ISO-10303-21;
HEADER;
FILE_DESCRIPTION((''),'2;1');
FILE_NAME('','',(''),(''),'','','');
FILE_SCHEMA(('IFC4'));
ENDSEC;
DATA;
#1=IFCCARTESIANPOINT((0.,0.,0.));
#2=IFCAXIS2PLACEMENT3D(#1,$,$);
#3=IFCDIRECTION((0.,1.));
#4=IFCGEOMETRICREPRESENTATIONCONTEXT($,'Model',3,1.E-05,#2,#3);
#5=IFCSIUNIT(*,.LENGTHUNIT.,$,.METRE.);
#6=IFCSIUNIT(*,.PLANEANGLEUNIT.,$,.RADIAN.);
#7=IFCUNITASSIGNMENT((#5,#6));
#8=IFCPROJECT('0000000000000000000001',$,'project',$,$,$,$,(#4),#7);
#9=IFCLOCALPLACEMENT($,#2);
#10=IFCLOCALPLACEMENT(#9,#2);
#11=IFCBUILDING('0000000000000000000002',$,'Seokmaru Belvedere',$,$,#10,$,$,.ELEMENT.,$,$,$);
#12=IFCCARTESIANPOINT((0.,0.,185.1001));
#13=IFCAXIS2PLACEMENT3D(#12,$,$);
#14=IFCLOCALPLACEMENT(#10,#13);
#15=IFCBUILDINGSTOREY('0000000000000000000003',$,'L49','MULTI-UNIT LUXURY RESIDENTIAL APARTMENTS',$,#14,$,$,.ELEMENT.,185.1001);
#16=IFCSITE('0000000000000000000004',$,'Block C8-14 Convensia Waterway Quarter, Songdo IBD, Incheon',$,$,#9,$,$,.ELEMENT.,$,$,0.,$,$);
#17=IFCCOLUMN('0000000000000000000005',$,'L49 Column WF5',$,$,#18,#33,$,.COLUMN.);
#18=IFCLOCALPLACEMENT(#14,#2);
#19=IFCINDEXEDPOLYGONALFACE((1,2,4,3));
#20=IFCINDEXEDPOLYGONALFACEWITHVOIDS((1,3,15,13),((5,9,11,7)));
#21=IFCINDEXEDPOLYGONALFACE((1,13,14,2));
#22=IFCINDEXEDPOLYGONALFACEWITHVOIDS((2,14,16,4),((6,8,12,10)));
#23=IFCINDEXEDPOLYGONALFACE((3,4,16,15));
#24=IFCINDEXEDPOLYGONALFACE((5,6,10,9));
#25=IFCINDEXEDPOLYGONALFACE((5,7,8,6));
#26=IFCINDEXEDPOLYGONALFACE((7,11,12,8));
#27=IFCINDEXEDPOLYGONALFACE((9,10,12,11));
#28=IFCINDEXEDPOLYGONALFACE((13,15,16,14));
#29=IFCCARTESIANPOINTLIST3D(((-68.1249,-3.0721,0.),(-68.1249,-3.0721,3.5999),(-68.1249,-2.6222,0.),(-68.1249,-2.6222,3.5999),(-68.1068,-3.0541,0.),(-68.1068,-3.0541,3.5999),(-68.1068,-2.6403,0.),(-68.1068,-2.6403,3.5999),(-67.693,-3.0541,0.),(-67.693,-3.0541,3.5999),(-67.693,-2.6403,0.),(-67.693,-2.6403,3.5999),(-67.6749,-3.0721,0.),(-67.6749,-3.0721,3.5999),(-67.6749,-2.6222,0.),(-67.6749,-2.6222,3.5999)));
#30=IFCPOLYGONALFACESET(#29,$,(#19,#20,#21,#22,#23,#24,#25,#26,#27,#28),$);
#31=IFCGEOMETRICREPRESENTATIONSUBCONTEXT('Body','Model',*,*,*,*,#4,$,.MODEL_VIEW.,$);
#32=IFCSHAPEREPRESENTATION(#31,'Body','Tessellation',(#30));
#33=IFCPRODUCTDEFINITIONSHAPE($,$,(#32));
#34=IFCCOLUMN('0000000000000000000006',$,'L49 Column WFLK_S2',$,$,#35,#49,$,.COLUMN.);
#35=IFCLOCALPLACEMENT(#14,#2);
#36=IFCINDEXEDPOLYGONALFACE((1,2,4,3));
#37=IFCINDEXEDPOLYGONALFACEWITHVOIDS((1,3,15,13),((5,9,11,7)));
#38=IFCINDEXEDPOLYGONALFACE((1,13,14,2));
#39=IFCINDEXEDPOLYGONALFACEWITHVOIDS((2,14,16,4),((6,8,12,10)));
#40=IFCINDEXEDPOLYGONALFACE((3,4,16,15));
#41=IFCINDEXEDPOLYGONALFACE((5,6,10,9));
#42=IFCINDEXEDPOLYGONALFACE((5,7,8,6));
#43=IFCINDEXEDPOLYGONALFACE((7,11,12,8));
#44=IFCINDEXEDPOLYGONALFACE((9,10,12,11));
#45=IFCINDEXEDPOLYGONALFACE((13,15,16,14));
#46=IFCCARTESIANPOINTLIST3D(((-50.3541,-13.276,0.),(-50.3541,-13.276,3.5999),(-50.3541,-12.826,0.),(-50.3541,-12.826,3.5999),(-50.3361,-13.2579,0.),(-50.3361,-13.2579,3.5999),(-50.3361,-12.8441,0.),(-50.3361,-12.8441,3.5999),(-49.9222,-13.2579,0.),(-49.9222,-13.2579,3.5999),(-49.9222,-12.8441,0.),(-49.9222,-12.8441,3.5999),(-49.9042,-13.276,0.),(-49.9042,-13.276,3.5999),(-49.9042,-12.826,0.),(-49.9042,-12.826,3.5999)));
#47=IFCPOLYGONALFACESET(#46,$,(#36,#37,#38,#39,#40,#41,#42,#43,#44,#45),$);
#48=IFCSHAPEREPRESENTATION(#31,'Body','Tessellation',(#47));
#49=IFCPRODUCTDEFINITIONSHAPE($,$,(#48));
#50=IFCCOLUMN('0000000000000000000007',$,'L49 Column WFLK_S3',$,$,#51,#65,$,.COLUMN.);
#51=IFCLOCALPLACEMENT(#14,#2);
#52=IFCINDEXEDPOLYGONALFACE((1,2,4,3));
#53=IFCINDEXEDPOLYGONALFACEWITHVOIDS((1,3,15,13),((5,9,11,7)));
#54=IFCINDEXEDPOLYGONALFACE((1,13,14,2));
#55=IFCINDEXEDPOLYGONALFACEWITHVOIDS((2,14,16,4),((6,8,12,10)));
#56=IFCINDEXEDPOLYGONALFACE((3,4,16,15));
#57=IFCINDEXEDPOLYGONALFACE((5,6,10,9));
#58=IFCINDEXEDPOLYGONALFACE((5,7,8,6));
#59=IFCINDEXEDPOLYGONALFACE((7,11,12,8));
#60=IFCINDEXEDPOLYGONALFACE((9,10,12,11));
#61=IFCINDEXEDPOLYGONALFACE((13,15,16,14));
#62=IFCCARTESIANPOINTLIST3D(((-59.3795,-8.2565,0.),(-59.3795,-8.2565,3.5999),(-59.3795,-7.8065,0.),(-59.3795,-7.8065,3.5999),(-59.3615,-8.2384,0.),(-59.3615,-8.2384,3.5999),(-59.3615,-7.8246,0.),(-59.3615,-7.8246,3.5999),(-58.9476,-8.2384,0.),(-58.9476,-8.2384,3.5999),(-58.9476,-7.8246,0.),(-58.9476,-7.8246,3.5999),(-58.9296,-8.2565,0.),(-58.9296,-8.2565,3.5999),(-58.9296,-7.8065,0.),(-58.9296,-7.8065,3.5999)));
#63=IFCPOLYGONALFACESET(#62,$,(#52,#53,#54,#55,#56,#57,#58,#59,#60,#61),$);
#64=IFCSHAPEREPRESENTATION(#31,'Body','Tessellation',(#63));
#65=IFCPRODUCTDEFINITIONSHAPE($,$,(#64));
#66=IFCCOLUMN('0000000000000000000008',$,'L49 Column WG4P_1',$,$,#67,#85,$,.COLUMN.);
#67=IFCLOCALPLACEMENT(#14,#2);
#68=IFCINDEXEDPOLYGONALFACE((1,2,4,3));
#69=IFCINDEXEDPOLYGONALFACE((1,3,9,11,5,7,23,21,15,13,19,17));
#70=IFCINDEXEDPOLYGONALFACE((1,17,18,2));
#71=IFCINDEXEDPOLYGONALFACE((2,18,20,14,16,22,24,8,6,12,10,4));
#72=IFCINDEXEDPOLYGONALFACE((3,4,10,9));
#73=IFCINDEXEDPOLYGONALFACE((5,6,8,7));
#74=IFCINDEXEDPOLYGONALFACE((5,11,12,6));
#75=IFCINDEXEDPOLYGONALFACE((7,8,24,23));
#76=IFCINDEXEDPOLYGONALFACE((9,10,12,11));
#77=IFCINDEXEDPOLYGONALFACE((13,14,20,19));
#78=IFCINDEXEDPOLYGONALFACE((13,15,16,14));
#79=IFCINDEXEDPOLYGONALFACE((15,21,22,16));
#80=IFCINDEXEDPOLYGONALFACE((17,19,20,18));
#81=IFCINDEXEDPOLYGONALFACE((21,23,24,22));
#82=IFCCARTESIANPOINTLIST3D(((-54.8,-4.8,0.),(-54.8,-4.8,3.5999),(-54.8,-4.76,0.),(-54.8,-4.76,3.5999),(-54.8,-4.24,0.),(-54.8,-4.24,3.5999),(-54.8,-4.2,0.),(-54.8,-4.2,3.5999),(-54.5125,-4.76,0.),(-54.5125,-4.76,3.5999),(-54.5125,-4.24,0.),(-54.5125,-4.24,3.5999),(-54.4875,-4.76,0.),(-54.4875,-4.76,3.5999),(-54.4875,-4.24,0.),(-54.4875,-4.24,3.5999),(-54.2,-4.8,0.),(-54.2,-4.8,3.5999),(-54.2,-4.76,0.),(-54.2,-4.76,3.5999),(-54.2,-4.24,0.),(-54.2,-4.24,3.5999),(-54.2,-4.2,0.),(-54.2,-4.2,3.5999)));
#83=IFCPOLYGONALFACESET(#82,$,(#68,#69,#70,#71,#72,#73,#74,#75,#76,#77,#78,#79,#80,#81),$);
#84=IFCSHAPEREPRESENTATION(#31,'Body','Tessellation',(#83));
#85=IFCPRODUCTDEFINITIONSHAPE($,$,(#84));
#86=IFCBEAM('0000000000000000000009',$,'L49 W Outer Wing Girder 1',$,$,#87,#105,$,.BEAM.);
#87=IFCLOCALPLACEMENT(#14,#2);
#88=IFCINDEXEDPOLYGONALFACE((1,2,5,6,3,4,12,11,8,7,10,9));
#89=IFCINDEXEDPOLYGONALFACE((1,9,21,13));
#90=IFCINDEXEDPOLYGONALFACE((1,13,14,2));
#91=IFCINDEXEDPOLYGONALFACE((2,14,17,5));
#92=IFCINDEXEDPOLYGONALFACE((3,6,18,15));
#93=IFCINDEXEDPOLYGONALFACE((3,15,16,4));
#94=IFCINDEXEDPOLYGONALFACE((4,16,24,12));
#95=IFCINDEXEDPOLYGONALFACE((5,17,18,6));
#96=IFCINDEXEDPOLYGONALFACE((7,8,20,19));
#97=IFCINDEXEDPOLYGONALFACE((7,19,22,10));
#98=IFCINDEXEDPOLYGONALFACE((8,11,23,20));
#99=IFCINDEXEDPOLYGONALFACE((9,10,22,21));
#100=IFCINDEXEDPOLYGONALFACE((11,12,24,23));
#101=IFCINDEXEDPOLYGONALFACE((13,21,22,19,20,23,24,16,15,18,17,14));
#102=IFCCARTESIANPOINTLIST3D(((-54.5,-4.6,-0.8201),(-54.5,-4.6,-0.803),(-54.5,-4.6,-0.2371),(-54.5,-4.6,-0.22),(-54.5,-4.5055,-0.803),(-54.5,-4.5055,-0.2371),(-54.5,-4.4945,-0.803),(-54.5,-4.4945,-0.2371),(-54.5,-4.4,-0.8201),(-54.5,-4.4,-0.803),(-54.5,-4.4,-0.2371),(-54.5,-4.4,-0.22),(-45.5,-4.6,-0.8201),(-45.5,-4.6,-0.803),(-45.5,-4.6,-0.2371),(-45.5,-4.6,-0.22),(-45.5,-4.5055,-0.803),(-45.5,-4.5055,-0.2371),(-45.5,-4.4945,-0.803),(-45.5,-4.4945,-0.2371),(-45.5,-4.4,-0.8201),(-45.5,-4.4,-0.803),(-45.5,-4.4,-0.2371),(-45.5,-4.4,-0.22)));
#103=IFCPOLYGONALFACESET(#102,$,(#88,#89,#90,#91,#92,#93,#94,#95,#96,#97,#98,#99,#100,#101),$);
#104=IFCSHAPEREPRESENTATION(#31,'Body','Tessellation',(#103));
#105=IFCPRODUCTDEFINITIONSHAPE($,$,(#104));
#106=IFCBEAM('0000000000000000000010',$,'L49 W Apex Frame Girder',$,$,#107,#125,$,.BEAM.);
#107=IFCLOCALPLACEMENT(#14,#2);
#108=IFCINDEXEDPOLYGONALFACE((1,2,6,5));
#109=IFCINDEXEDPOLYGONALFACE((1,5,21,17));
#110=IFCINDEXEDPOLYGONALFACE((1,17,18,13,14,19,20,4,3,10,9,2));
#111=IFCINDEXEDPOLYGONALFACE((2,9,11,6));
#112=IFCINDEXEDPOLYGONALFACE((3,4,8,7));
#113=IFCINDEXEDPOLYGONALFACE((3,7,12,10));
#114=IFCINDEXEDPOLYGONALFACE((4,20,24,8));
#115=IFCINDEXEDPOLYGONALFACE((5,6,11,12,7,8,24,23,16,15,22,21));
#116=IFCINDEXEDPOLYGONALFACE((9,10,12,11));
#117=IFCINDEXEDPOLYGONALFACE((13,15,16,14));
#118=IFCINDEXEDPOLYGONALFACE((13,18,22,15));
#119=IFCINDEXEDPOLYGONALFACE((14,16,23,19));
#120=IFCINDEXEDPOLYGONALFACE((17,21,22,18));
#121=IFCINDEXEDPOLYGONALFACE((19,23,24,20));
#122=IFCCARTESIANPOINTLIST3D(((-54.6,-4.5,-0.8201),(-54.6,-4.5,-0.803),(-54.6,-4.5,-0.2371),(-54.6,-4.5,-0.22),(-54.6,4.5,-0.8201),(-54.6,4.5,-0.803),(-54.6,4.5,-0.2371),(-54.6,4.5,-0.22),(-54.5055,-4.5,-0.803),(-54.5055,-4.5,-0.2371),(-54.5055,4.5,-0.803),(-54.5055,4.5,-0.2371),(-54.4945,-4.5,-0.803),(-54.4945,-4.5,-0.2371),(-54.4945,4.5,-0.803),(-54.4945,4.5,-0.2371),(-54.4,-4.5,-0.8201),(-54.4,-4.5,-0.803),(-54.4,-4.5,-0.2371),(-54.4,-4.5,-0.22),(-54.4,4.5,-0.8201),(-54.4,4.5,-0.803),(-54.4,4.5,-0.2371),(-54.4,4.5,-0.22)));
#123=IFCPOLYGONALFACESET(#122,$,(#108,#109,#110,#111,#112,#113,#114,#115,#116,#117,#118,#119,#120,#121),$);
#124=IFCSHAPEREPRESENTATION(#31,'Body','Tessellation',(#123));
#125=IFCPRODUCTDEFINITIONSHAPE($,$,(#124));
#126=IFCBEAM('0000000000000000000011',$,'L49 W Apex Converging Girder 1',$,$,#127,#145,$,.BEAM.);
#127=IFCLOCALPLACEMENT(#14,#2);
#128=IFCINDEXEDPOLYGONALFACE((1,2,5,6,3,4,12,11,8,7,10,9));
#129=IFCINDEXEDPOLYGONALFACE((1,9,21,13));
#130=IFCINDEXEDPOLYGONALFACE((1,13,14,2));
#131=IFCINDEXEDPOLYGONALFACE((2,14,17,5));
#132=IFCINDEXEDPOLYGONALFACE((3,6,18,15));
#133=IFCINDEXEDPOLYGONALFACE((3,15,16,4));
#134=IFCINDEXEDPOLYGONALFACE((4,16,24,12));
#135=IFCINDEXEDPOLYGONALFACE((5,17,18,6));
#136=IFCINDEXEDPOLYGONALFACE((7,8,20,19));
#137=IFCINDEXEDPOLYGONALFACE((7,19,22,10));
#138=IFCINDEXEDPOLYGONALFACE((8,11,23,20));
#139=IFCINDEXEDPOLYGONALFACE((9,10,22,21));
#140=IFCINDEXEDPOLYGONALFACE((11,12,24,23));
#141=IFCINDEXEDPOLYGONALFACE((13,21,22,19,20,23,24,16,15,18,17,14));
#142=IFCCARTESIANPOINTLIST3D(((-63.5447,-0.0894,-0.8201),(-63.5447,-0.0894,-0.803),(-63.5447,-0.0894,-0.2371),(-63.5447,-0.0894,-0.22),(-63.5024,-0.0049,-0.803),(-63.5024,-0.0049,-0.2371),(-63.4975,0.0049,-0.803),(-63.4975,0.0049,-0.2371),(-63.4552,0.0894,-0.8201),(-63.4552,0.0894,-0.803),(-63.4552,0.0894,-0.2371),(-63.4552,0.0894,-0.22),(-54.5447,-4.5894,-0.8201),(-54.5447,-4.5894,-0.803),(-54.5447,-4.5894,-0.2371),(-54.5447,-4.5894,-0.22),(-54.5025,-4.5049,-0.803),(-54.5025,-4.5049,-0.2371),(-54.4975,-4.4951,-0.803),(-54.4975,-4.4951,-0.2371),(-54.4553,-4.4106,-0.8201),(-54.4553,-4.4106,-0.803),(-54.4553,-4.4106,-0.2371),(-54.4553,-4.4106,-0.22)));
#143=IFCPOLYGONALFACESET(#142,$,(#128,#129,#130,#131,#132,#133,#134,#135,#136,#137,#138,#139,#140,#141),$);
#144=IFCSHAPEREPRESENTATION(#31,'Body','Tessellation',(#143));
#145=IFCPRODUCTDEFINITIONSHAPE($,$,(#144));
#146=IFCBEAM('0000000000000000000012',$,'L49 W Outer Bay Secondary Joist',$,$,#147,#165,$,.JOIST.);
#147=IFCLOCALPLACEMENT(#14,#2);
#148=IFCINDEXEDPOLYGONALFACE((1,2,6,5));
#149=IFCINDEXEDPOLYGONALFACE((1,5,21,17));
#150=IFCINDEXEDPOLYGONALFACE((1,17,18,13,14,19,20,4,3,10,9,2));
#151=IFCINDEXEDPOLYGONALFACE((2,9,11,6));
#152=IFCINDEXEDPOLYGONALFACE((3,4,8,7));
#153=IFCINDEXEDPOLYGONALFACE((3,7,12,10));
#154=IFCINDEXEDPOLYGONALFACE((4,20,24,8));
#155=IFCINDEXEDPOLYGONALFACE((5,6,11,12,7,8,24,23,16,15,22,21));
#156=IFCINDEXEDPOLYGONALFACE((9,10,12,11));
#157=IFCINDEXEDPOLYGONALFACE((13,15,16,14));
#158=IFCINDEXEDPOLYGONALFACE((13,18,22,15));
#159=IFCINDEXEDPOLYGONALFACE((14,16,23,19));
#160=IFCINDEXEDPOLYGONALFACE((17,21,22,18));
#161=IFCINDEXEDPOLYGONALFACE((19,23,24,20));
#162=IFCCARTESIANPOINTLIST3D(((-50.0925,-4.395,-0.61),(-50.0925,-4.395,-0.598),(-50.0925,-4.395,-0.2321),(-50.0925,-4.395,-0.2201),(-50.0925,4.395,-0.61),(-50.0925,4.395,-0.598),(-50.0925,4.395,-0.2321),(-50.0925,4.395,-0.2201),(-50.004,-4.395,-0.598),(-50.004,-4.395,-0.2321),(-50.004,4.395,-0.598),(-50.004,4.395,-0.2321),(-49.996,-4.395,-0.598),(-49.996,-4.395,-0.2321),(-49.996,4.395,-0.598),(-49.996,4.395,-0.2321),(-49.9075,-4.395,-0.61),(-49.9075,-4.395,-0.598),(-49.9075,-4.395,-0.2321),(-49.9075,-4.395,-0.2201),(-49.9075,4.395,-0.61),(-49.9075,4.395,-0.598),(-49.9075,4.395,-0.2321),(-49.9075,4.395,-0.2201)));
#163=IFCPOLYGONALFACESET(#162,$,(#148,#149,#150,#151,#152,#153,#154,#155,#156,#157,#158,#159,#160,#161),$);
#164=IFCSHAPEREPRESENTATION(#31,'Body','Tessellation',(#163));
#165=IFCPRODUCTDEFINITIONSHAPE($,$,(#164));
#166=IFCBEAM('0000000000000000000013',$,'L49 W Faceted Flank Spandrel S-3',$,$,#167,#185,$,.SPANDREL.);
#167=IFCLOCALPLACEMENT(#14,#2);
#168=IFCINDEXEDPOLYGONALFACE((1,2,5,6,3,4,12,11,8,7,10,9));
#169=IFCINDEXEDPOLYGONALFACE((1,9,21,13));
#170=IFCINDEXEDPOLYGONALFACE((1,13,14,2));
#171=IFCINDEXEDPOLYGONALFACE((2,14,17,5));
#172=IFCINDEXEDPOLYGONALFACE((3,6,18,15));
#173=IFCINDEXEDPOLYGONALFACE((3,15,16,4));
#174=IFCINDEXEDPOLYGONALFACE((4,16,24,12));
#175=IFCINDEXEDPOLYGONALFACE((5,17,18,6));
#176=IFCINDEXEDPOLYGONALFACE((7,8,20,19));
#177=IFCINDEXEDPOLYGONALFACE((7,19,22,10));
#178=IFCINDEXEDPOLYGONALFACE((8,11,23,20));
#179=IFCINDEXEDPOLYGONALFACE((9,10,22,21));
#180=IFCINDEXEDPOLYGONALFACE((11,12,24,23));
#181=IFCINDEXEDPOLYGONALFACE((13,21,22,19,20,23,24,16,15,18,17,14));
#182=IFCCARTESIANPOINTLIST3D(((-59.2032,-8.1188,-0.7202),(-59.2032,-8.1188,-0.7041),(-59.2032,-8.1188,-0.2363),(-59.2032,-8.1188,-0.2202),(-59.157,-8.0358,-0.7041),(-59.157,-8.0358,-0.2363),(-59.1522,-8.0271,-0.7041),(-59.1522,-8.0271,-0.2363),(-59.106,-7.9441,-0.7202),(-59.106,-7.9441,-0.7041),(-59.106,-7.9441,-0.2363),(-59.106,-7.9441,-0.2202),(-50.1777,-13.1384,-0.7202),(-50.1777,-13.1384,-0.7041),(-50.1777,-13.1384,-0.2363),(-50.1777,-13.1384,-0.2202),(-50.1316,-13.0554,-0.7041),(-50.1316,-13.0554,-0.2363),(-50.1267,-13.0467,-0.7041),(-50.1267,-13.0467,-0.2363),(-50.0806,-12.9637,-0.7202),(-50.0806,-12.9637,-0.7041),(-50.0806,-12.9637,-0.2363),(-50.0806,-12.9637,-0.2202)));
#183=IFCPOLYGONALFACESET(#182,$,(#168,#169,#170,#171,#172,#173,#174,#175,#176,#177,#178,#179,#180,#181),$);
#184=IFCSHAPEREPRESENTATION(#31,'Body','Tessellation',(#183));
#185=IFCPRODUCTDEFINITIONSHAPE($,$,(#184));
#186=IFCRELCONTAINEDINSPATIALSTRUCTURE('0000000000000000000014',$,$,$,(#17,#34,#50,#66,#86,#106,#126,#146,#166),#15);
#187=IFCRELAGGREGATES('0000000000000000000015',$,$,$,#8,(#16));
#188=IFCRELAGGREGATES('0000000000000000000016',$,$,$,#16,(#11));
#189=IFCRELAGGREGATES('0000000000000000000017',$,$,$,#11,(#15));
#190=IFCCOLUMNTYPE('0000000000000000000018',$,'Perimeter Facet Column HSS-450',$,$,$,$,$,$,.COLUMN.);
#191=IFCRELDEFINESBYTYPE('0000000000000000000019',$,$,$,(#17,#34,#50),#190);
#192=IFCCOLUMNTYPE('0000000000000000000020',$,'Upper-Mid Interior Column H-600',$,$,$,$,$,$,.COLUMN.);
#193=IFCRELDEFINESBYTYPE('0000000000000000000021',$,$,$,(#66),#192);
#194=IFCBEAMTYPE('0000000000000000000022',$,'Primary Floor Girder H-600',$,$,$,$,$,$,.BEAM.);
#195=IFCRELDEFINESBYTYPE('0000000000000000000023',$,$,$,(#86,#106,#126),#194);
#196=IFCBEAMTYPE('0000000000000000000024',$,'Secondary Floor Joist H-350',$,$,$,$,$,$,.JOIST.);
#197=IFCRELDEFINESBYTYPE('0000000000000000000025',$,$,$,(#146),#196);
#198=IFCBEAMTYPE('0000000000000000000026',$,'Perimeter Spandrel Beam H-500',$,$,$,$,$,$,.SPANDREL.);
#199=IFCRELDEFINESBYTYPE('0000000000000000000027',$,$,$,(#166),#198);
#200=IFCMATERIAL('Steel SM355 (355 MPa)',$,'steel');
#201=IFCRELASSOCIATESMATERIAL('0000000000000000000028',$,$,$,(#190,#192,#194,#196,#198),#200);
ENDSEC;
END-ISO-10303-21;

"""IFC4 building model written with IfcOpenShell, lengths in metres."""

from ifc_helpers import new_model, si_unit, direction, frame, origin, origin_2d, place, context, subcontext, project, spatial, hollow_rectangle, i_section, extrude, source, transform, mapped, material, material_profile, profile_set, type_object, type_shapes, element, save


model = new_model("IFC4")

# Units and contexts
model_context = context("Model", 3, precision=1e-05, world=origin(), true_north=direction((0.0, 1.0)))
body_context = subcontext(model_context, "Body", "Model", "MODEL_VIEW")
ifc_project = project(units=[si_unit("LENGTHUNIT", "METRE"), si_unit("PLANEANGLEUNIT", "RADIAN")], contexts=[model_context])

# Site, building, storey
site_placement = place(None, origin())
site = spatial("IfcSite", under=ifc_project, at=site_placement, Name="Block C8-14 Convensia Waterway Quarter, Songdo IBD, Incheon", CompositionType="ELEMENT", RefElevation=0.0)
building_placement = place(site_placement, origin())
building = spatial("IfcBuilding", under=site, at=building_placement, Name="Seokmaru Belvedere", CompositionType="ELEMENT")
storey_placement = place(building_placement, frame((0.0, 0.0, 185.1001)))
storey = spatial("IfcBuildingStorey", under=building, at=storey_placement, Name="L49", Description="MULTI-UNIT LUXURY RESIDENTIAL APARTMENTS", CompositionType="ELEMENT", Elevation=185.1001)

# Columns
ifc_material_1 = material(Name="Steel SM355 (355 MPa)", Category="steel")
ifc_material_profile_1 = material_profile(ifc_material_1, hollow_rectangle(XDim=0.45, YDim=0.45, WallThickness=0.0181, at=origin_2d()), Name="HSS-450x450x18")
ifc_profile_set_1 = profile_set([ifc_material_profile_1], Name="Steel SM355 (355 MPa)")
column_type_1 = type_object("IfcColumnType", Name="Perimeter Facet Column HSS-450", PredefinedType="COLUMN", material=ifc_profile_set_1)
shared_shape_1 = source(origin(), body_context, "Body", "SweptSolid", [
    extrude(hollow_rectangle(XDim=0.45, YDim=0.45, WallThickness=0.0181, at=origin_2d()), origin(), (0.0, 0.0, 1.0), 3.5999),
])
type_shapes(column_type_1, [shared_shape_1])
for number, where, z_axis, x_axis, name in (
    (1, (-67.8999, -2.8472, 0.0), (0.0, 0.0, 1.0), (1.0, 0.0, 0.0), "L49 Column WF5"),
    (2, (-50.1292, -13.051, 0.0), (0.0, 0.0, 1.0), (1.0, 0.0, 0.0), "L49 Column WFLK_S2"),
    (3, (-59.1545, -8.0315, 0.0), (0.0, 0.0, 1.0), (1.0, 0.0, 0.0), "L49 Column WFLK_S3"),
):
    element("IfcColumn", number, at=place(storey_placement, frame(where, z_axis=z_axis, x_axis=x_axis)), inside=storey, type_object=column_type_1, Name=name, PredefinedType="COLUMN", context=body_context, shape_type="MappedRepresentation", body=[
        mapped(shared_shape_1, transform((0.0, 0.0, 0.0), scale=1.0)),
    ])
ifc_material_profile_2 = material_profile(ifc_material_1, i_section(OverallWidth=0.6001, OverallDepth=0.6001, WebThickness=0.0249, FlangeThickness=0.04, at=origin_2d()), Name="H-600x600x25x40")
ifc_profile_set_2 = profile_set([ifc_material_profile_2], Name="Steel SM355 (355 MPa)")
column_type_2 = type_object("IfcColumnType", Name="Upper-Mid Interior Column H-600", PredefinedType="COLUMN", material=ifc_profile_set_2)
shared_shape_2 = source(origin(), body_context, "Body", "SweptSolid", [
    extrude(i_section(OverallWidth=0.6001, OverallDepth=0.6001, WebThickness=0.0249, FlangeThickness=0.04, at=origin_2d()), origin(), (0.0, 0.0, 1.0), 3.5999),
])
type_shapes(column_type_2, [shared_shape_2])
column_placement = place(storey_placement, frame((-54.5, -4.5, 0.0), z_axis=(0.0, 0.0, 1.0), x_axis=(1.0, 0.0, 0.0)))
element("IfcColumn", 4, at=column_placement, inside=storey, type_object=column_type_2, Name="L49 Column WG4P_1", PredefinedType="COLUMN", context=body_context, shape_type="MappedRepresentation", body=[
    mapped(shared_shape_2, transform((0.0, 0.0, 0.0), scale=1.0)),
])

# Beams
ifc_material_profile_3 = material_profile(ifc_material_1, i_section(OverallWidth=0.2, OverallDepth=0.6001, WebThickness=0.011, FlangeThickness=0.0171, at=origin_2d()), Name="H-600x200x11x17")
ifc_profile_set_3 = profile_set([ifc_material_profile_3], Name="Steel SM355 (355 MPa)")
beam_type_1 = type_object("IfcBeamType", Name="Primary Floor Girder H-600", PredefinedType="BEAM", material=ifc_profile_set_3)
shared_shape_3 = source(origin(), body_context, "Body", "SweptSolid", [
    extrude(i_section(OverallWidth=0.2, OverallDepth=0.6001, WebThickness=0.011, FlangeThickness=0.0171, at=origin_2d()), origin(), (0.0, 0.0, 1.0), 9.0),
])
for number, where, z_axis, x_axis, name in (
    (5, (-54.5, -4.5, -0.52), (1.0, 0.0, 0.0), (0.0, 1.0, 0.0), "L49 W Outer Wing Girder 1"),
    (6, (-54.5, -4.5, -0.52), (0.0, 1.0, 0.0), (-1.0, 0.0, 0.0), "L49 W Apex Frame Girder"),
):
    element("IfcBeam", number, at=place(storey_placement, frame(where, z_axis=z_axis, x_axis=x_axis)), inside=storey, type_object=beam_type_1, Name=name, PredefinedType="BEAM", context=body_context, shape_type="MappedRepresentation", body=[
        mapped(shared_shape_3, transform((0.0, 0.0, 0.0), scale=1.0)),
    ])
shared_shape_4 = source(origin(), body_context, "Body", "SweptSolid", [
    extrude(i_section(OverallWidth=0.2, OverallDepth=0.6001, WebThickness=0.011, FlangeThickness=0.0171, at=origin_2d()), origin(), (0.0, 0.0, 1.0), 10.0623),
])
beam_1_placement = place(storey_placement, frame((-54.5, -4.5, -0.52), z_axis=(-0.894427, 0.447214, 0.0), x_axis=(-0.447214, -0.894427, 0.0)))
element("IfcBeam", 7, at=beam_1_placement, inside=storey, type_object=beam_type_1, Name="L49 W Apex Converging Girder 1", PredefinedType="BEAM", context=body_context, shape_type="MappedRepresentation", body=[
    mapped(shared_shape_4, transform((0.0, 0.0, 0.0), scale=1.0)),
])
ifc_material_profile_4 = material_profile(ifc_material_1, i_section(OverallWidth=0.1851, OverallDepth=0.3899, WebThickness=0.0081, FlangeThickness=0.012, at=origin_2d()), Name="H-390x185x8x12")
ifc_profile_set_4 = profile_set([ifc_material_profile_4], Name="Steel SM355 (355 MPa)")
beam_type_2 = type_object("IfcBeamType", Name="Secondary Floor Joist H-350", PredefinedType="JOIST", material=ifc_profile_set_4)
shared_shape_5 = source(origin(), body_context, "Body", "SweptSolid", [
    extrude(i_section(OverallWidth=0.1851, OverallDepth=0.3899, WebThickness=0.0081, FlangeThickness=0.012, at=origin_2d()), origin(), (0.0, 0.0, 1.0), 8.79),
])
type_shapes(beam_type_2, [shared_shape_5])
beam_2_placement = place(storey_placement, frame((-50.0, -4.395, -0.415), z_axis=(0.0, 1.0, 0.0), x_axis=(-1.0, 0.0, 0.0)))
element("IfcBeam", 8, at=beam_2_placement, inside=storey, type_object=beam_type_2, Name="L49 W Outer Bay Secondary Joist", PredefinedType="JOIST", context=body_context, shape_type="MappedRepresentation", body=[
    mapped(shared_shape_5, transform((0.0, 0.0, 0.0), scale=1.0)),
])
ifc_material_profile_5 = material_profile(ifc_material_1, i_section(OverallWidth=0.2, OverallDepth=0.5, WebThickness=0.01, FlangeThickness=0.0161, at=origin_2d()), Name="H-500x200x10x16")
ifc_profile_set_5 = profile_set([ifc_material_profile_5], Name="Steel SM355 (355 MPa)")
beam_type_3 = type_object("IfcBeamType", Name="Perimeter Spandrel Beam H-500", PredefinedType="SPANDREL", material=ifc_profile_set_5)
shared_shape_6 = source(origin(), body_context, "Body", "SweptSolid", [
    extrude(i_section(OverallWidth=0.2, OverallDepth=0.5, WebThickness=0.01, FlangeThickness=0.0161, at=origin_2d()), origin(), (0.0, 0.0, 1.0), 10.3274),
])
beam_3_placement = place(storey_placement, frame((-50.1292, -13.051, -0.4702), z_axis=(-0.873934, 0.486044, 0.0), x_axis=(-0.486044, -0.873934, 0.0)))
element("IfcBeam", 9, at=beam_3_placement, inside=storey, type_object=beam_type_3, Name="L49 W Faceted Flank Spandrel S-3", PredefinedType="SPANDREL", context=body_context, shape_type="MappedRepresentation", body=[
    mapped(shared_shape_6, transform((0.0, 0.0, 0.0), scale=1.0)),
])

save(model, "model.ifc")
